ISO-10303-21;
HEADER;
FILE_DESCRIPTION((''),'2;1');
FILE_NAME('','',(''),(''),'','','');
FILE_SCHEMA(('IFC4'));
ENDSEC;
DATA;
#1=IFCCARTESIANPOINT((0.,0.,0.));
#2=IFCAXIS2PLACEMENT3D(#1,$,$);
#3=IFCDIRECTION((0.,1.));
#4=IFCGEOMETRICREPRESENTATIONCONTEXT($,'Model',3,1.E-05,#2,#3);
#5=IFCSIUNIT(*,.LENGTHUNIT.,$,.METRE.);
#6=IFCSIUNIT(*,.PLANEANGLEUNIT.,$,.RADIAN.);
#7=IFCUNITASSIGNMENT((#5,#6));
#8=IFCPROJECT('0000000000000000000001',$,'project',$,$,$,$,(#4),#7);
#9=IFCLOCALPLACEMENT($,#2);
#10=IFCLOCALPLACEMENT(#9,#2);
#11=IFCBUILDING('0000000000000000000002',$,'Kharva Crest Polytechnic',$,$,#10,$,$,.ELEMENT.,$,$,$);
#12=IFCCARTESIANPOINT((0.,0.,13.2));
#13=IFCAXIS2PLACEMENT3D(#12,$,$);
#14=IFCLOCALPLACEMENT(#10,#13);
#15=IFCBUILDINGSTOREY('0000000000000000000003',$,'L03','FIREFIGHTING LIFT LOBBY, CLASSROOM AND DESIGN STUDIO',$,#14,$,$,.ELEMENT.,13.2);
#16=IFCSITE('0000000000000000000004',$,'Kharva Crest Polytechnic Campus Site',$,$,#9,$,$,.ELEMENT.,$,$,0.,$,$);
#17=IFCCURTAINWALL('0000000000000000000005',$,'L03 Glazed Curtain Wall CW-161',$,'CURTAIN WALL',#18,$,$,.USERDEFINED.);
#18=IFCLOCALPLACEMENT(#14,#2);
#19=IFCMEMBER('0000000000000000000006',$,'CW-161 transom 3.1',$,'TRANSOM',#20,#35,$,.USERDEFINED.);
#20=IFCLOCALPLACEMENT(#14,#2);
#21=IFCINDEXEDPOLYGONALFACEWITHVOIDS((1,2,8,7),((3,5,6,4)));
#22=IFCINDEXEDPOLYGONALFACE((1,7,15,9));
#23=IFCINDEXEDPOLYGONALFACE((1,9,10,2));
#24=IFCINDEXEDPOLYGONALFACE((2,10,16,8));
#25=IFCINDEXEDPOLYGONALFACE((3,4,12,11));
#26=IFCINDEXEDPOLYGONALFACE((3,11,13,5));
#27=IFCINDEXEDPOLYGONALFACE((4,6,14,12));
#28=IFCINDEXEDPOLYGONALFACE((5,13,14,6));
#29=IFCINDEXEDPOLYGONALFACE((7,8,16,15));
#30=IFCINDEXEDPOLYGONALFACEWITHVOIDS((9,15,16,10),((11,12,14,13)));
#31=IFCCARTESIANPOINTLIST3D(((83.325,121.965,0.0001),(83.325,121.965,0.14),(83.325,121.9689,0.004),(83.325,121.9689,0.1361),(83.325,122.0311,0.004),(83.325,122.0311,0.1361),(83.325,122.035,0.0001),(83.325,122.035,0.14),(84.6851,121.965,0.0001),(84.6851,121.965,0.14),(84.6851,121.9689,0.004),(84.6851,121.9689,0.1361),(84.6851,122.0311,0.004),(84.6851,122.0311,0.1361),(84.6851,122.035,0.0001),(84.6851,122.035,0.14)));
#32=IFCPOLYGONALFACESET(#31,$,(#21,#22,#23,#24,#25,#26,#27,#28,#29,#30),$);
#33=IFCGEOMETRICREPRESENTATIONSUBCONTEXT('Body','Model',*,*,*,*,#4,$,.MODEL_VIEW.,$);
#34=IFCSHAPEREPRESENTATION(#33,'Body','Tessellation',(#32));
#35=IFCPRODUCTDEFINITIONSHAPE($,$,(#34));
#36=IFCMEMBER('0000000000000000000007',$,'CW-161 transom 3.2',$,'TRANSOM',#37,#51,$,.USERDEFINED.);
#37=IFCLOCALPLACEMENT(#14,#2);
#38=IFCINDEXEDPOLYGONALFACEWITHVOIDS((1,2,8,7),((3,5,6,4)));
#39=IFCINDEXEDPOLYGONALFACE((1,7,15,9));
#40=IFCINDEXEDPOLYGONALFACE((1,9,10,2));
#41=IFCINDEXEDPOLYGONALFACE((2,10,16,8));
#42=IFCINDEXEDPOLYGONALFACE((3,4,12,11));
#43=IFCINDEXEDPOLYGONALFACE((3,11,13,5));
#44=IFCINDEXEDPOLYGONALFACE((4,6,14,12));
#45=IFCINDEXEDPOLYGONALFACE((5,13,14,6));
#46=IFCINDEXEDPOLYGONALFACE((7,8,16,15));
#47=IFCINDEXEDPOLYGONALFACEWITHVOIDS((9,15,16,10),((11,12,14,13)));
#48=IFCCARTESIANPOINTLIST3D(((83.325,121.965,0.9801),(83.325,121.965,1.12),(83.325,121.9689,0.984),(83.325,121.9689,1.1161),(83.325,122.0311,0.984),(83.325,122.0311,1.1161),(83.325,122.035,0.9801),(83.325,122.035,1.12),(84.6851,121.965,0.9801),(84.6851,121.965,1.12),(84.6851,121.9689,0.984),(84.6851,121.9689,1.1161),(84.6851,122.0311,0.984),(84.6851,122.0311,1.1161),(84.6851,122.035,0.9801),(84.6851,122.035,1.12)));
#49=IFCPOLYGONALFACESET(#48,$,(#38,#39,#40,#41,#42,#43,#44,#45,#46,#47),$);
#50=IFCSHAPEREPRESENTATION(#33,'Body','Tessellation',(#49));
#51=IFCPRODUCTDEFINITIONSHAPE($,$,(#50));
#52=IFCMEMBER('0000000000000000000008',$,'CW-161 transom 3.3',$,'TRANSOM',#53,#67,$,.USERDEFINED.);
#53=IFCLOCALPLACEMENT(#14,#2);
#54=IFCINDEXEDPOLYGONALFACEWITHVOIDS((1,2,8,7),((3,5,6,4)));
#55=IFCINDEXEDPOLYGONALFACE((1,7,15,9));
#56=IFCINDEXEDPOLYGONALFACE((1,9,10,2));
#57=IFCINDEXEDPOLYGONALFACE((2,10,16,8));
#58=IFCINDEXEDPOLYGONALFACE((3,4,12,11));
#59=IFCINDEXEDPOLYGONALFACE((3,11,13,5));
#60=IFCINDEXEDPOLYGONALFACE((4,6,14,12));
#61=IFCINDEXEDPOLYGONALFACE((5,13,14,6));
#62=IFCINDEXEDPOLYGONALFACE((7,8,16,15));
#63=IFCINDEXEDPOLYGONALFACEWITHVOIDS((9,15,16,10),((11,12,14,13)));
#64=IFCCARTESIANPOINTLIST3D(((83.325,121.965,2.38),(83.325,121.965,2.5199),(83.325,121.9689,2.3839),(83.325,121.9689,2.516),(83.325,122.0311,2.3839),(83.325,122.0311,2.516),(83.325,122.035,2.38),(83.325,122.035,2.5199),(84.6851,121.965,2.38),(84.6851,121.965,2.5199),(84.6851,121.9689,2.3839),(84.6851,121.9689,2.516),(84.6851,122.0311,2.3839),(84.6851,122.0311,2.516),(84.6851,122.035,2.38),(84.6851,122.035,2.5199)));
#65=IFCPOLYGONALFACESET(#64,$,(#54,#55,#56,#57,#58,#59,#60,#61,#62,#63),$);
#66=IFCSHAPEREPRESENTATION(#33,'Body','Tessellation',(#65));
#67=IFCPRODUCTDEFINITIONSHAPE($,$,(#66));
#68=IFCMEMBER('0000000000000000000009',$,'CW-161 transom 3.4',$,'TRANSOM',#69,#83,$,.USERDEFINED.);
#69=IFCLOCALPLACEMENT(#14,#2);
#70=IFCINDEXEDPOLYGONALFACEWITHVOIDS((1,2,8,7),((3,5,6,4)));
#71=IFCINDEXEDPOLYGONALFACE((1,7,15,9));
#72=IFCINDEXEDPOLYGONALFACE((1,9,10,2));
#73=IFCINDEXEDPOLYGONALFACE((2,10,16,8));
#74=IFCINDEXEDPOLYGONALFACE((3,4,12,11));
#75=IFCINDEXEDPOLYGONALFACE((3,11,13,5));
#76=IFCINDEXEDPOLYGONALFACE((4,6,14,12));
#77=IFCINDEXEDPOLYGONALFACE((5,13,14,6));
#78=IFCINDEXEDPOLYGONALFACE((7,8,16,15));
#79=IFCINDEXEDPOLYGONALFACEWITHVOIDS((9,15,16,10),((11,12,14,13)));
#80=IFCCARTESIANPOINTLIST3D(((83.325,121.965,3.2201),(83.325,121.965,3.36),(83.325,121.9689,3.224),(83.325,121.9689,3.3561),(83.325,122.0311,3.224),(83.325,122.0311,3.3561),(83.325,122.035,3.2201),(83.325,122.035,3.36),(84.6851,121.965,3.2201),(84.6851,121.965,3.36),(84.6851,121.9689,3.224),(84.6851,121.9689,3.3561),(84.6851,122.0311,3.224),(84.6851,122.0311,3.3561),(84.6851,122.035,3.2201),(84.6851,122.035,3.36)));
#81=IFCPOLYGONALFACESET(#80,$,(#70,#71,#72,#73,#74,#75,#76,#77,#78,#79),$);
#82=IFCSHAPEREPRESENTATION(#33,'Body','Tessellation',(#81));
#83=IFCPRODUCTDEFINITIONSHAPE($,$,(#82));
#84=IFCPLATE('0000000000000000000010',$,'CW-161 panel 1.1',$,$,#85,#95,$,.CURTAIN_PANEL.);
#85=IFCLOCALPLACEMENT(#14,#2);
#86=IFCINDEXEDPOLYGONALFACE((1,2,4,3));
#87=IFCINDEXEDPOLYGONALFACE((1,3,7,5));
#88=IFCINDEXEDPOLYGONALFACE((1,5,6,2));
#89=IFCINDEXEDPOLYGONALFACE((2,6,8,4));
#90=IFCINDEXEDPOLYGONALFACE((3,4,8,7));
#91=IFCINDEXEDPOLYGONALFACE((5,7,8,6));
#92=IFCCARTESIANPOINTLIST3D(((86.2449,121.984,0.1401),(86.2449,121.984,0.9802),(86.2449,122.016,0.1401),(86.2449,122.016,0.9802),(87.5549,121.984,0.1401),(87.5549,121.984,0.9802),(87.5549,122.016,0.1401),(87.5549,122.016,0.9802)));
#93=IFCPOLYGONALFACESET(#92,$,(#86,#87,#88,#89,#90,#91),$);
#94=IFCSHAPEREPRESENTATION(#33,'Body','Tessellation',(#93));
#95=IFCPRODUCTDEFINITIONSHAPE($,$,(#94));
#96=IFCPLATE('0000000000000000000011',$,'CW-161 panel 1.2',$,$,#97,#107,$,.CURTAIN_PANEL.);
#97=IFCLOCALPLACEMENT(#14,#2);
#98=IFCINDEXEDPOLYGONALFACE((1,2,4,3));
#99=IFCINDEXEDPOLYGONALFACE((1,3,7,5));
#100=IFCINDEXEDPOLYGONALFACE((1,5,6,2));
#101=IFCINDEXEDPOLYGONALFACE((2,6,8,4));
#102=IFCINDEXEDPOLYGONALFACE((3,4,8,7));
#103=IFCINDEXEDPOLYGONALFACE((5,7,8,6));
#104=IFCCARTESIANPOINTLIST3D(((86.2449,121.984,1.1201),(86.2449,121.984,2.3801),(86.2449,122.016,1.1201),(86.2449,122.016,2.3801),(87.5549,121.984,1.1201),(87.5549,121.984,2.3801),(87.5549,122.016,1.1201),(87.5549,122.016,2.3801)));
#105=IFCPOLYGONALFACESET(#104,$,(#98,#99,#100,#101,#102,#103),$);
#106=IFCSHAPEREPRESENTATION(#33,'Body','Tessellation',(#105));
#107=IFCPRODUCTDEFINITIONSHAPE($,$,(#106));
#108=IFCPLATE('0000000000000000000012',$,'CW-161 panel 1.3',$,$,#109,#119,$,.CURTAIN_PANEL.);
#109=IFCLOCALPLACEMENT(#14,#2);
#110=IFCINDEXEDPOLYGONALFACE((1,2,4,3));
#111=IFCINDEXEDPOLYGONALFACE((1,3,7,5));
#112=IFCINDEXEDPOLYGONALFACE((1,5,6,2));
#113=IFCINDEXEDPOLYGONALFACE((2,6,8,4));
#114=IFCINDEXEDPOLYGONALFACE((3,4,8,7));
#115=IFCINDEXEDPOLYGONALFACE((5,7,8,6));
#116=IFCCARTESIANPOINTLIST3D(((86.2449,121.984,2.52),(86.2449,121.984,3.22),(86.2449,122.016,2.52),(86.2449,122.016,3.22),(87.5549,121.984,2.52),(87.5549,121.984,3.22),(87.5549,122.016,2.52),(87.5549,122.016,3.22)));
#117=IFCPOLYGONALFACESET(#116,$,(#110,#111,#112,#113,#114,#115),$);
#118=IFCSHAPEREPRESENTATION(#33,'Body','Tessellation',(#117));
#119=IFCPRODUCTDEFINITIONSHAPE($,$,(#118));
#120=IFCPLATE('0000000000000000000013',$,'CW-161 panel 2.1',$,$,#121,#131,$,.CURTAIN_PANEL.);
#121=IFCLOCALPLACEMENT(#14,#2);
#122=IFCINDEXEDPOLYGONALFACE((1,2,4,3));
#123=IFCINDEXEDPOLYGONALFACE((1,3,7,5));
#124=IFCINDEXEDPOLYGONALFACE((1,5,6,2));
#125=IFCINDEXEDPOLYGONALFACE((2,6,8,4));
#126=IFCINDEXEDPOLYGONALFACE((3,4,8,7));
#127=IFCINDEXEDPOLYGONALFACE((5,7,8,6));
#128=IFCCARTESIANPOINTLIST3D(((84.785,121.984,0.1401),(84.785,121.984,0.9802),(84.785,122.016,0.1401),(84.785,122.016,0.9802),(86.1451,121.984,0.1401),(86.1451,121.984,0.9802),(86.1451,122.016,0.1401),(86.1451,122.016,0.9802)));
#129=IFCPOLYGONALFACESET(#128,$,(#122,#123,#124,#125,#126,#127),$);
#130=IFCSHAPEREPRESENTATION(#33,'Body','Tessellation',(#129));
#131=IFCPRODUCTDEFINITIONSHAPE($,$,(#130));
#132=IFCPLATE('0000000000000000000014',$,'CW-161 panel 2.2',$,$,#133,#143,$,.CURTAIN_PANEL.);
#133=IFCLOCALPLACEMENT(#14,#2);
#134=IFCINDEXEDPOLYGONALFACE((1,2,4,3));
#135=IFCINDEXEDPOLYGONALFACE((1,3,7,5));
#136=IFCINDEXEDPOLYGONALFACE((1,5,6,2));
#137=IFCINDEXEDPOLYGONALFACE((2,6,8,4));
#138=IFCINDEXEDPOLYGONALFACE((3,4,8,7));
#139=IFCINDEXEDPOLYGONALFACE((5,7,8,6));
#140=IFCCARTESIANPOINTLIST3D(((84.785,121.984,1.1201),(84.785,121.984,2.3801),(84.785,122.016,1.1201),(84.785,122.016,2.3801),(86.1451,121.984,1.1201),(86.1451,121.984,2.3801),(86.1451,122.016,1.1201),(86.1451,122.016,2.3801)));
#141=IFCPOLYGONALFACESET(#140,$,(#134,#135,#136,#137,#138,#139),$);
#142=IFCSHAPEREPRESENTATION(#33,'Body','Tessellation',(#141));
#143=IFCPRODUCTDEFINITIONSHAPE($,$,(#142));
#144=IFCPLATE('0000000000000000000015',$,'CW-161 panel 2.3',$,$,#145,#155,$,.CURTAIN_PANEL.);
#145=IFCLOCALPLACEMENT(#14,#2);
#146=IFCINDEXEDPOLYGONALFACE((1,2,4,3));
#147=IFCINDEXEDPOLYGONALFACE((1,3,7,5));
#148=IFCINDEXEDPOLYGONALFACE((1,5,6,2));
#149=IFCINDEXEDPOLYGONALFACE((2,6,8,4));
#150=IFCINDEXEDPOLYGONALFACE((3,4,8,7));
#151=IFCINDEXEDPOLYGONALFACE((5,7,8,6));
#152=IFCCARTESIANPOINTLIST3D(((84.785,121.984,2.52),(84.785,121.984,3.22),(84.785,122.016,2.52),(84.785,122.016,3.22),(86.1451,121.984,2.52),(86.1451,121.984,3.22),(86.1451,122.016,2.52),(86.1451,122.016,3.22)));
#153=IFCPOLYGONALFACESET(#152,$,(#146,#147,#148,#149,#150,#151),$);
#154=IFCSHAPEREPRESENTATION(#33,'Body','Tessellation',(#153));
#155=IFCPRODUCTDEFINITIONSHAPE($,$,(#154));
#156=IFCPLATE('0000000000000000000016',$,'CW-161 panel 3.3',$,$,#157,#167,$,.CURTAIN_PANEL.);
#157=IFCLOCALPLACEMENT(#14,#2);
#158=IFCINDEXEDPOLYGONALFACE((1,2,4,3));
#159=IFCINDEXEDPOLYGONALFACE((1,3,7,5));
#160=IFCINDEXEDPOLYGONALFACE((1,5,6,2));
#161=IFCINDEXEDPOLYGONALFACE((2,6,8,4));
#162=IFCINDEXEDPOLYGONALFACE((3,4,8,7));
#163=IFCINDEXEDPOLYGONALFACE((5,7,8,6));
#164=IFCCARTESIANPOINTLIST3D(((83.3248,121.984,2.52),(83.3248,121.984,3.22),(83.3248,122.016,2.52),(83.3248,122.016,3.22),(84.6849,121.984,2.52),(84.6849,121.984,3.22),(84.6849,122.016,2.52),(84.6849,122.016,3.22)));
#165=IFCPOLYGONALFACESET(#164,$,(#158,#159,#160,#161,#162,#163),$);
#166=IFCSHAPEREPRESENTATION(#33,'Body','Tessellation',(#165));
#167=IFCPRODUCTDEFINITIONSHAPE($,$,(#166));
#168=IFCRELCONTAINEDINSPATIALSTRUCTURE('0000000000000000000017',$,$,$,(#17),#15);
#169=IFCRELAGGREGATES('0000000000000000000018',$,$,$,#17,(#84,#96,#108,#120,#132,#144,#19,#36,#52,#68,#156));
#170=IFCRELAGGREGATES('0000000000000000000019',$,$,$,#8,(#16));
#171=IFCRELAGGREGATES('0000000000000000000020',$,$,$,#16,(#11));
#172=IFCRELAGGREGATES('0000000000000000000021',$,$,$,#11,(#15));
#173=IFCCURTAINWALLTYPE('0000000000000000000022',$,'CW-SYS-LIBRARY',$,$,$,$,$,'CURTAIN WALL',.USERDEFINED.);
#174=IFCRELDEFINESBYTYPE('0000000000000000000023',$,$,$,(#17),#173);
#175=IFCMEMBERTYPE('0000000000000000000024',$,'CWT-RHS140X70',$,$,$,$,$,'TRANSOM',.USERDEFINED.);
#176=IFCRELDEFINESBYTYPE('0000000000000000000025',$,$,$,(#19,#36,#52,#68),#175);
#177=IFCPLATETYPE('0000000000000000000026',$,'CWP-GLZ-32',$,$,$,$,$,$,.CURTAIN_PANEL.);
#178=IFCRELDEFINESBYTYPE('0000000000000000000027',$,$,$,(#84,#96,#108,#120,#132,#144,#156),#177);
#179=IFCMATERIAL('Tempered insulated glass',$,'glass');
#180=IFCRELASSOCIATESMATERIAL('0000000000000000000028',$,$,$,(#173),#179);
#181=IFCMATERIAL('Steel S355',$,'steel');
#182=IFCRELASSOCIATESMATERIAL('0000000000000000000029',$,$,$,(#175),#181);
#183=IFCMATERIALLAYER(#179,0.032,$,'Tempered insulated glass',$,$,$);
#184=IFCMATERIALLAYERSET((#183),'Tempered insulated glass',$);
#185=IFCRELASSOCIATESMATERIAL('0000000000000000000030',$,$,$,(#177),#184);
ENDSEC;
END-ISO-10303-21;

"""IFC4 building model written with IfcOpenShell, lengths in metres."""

from ifc_helpers import new_model, si_unit, direction, frame, origin, origin_2d, place, context, subcontext, project, spatial, rectangle, hollow_rectangle, extrude, material, layer, layer_set, material_profile, profile_set, type_object, element, aggregate, save


model = new_model("IFC4")

# Units and contexts
model_context = context("Model", 3, precision=1e-05, world=origin(), true_north=direction((0.0, 1.0)))
body_context = subcontext(model_context, "Body", "Model", "MODEL_VIEW")
ifc_project = project(units=[si_unit("LENGTHUNIT", "METRE"), si_unit("PLANEANGLEUNIT", "RADIAN")], contexts=[model_context])

# Site, building, storey
site_placement = place(None, origin())
site = spatial("IfcSite", under=ifc_project, at=site_placement, Name="Kharva Crest Polytechnic Campus Site", CompositionType="ELEMENT", RefElevation=0.0)
building_placement = place(site_placement, origin())
building = spatial("IfcBuilding", under=site, at=building_placement, Name="Kharva Crest Polytechnic", CompositionType="ELEMENT")
storey_placement = place(building_placement, frame((0.0, 0.0, 13.2)))
storey = spatial("IfcBuildingStorey", under=building, at=storey_placement, Name="L03", Description="FIREFIGHTING LIFT LOBBY, CLASSROOM AND DESIGN STUDIO", CompositionType="ELEMENT", Elevation=13.2)

# Curtain wall, members, plates
ifc_material_1 = material(Name="Tempered insulated glass", Category="glass")
curtain_wall_type = type_object("IfcCurtainWallType", Name="CW-SYS-LIBRARY", ElementType="CURTAIN WALL", PredefinedType="USERDEFINED", material=ifc_material_1)
curtain_wall_placement = place(storey_placement, origin())
curtain_wall = element("IfcCurtainWall", 1, at=curtain_wall_placement, inside=storey, type_object=curtain_wall_type, Name="L03 Glazed Curtain Wall CW-161", ObjectType="CURTAIN WALL", PredefinedType="USERDEFINED")
ifc_material_2 = material(Name="Steel S355", Category="steel")
ifc_material_profile_1 = material_profile(ifc_material_2, hollow_rectangle(XDim=0.0701, YDim=0.1399, WallThickness=0.0039, at=origin_2d()), Name="RHS 140X70X4.0")
ifc_profile_set_1 = profile_set([ifc_material_profile_1], Name="Steel S355")
member_type_1 = type_object("IfcMemberType", Name="CWT-RHS140X70", ElementType="TRANSOM", PredefinedType="USERDEFINED", material=ifc_profile_set_1)
member_1_placement = place(storey_placement, frame((84.6851, 122.0, 0.0701), z_axis=(-1.0, 0.0, 0.0), x_axis=(0.0, -1.0, 0.0)))
member_1 = element("IfcMember", 2, at=member_1_placement, type_object=member_type_1, Name="CW-161 transom 3.1", ObjectType="TRANSOM", PredefinedType="USERDEFINED", context=body_context, shape_type="SweptSolid", body=[
    extrude(hollow_rectangle(XDim=0.0701, YDim=0.1399, WallThickness=0.0039, at=origin_2d()), origin(), (0.0, 0.0, 1.0), 1.3601),
])
member_2_placement = place(storey_placement, frame((84.6851, 122.0, 1.05), z_axis=(-1.0, 0.0, 0.0), x_axis=(0.0, -1.0, 0.0)))
member_2 = element("IfcMember", 3, at=member_2_placement, type_object=member_type_1, Name="CW-161 transom 3.2", ObjectType="TRANSOM", PredefinedType="USERDEFINED", context=body_context, shape_type="SweptSolid", body=[
    extrude(hollow_rectangle(XDim=0.0701, YDim=0.1399, WallThickness=0.0039, at=origin_2d()), origin(), (0.0, 0.0, 1.0), 1.3601),
])
member_3_placement = place(storey_placement, frame((84.6851, 122.0, 2.45), z_axis=(-1.0, 0.0, 0.0), x_axis=(0.0, -1.0, 0.0)))
member_3 = element("IfcMember", 4, at=member_3_placement, type_object=member_type_1, Name="CW-161 transom 3.3", ObjectType="TRANSOM", PredefinedType="USERDEFINED", context=body_context, shape_type="SweptSolid", body=[
    extrude(hollow_rectangle(XDim=0.0701, YDim=0.1399, WallThickness=0.0039, at=origin_2d()), origin(), (0.0, 0.0, 1.0), 1.3601),
])
member_4_placement = place(storey_placement, frame((84.6851, 122.0, 3.29), z_axis=(-1.0, 0.0, 0.0), x_axis=(0.0, -1.0, 0.0)))
member_4 = element("IfcMember", 5, at=member_4_placement, type_object=member_type_1, Name="CW-161 transom 3.4", ObjectType="TRANSOM", PredefinedType="USERDEFINED", context=body_context, shape_type="SweptSolid", body=[
    extrude(hollow_rectangle(XDim=0.0701, YDim=0.1399, WallThickness=0.0039, at=origin_2d()), origin(), (0.0, 0.0, 1.0), 1.3601),
])
ifc_layer = layer(ifc_material_1, 0.032, Name="Tempered insulated glass")
ifc_layer_set = layer_set([ifc_layer], Name="Tempered insulated glass")
plate_type = type_object("IfcPlateType", Name="CWP-GLZ-32", PredefinedType="CURTAIN_PANEL", material=ifc_layer_set)
plate_1_placement = place(storey_placement, frame((86.8999, 122.0, 0.1401), z_axis=(0.0, 0.0, 1.0), x_axis=(-1.0, 0.0, 0.0)))
plate_1 = element("IfcPlate", 6, at=plate_1_placement, type_object=plate_type, Name="CW-161 panel 1.1", PredefinedType="CURTAIN_PANEL", context=body_context, shape_type="SweptSolid", body=[
    extrude(rectangle(XDim=1.3101, YDim=0.032, at=origin_2d()), origin(), (0.0, 0.0, 1.0), 0.8401),
])
plate_2_placement = place(storey_placement, frame((86.8999, 122.0, 1.1201), z_axis=(0.0, 0.0, 1.0), x_axis=(-1.0, 0.0, 0.0)))
plate_2 = element("IfcPlate", 7, at=plate_2_placement, type_object=plate_type, Name="CW-161 panel 1.2", PredefinedType="CURTAIN_PANEL", context=body_context, shape_type="SweptSolid", body=[
    extrude(rectangle(XDim=1.3101, YDim=0.032, at=origin_2d()), origin(), (0.0, 0.0, 1.0), 1.26),
])
plate_3_placement = place(storey_placement, frame((86.8999, 122.0, 2.52), z_axis=(0.0, 0.0, 1.0), x_axis=(-1.0, 0.0, 0.0)))
plate_3 = element("IfcPlate", 8, at=plate_3_placement, type_object=plate_type, Name="CW-161 panel 1.3", PredefinedType="CURTAIN_PANEL", context=body_context, shape_type="SweptSolid", body=[
    extrude(rectangle(XDim=1.3101, YDim=0.032, at=origin_2d()), origin(), (0.0, 0.0, 1.0), 0.7),
])
plate_4_placement = place(storey_placement, frame((85.4651, 122.0, 0.1401), z_axis=(0.0, 0.0, 1.0), x_axis=(-1.0, 0.0, 0.0)))
plate_4 = element("IfcPlate", 9, at=plate_4_placement, type_object=plate_type, Name="CW-161 panel 2.1", PredefinedType="CURTAIN_PANEL", context=body_context, shape_type="SweptSolid", body=[
    extrude(rectangle(XDim=1.3601, YDim=0.032, at=origin_2d()), origin(), (0.0, 0.0, 1.0), 0.8401),
])
plate_5_placement = place(storey_placement, frame((85.4651, 122.0, 1.1201), z_axis=(0.0, 0.0, 1.0), x_axis=(-1.0, 0.0, 0.0)))
plate_5 = element("IfcPlate", 10, at=plate_5_placement, type_object=plate_type, Name="CW-161 panel 2.2", PredefinedType="CURTAIN_PANEL", context=body_context, shape_type="SweptSolid", body=[
    extrude(rectangle(XDim=1.3601, YDim=0.032, at=origin_2d()), origin(), (0.0, 0.0, 1.0), 1.26),
])
plate_6_placement = place(storey_placement, frame((85.4651, 122.0, 2.52), z_axis=(0.0, 0.0, 1.0), x_axis=(-1.0, 0.0, 0.0)))
plate_6 = element("IfcPlate", 11, at=plate_6_placement, type_object=plate_type, Name="CW-161 panel 2.3", PredefinedType="CURTAIN_PANEL", context=body_context, shape_type="SweptSolid", body=[
    extrude(rectangle(XDim=1.3601, YDim=0.032, at=origin_2d()), origin(), (0.0, 0.0, 1.0), 0.7),
])
plate_7_placement = place(storey_placement, frame((84.0049, 122.0, 2.52), z_axis=(0.0, 0.0, 1.0), x_axis=(-1.0, 0.0, 0.0)))
plate_7 = element("IfcPlate", 12, at=plate_7_placement, type_object=plate_type, Name="CW-161 panel 3.3", PredefinedType="CURTAIN_PANEL", context=body_context, shape_type="SweptSolid", body=[
    extrude(rectangle(XDim=1.3601, YDim=0.032, at=origin_2d()), origin(), (0.0, 0.0, 1.0), 0.7),
])
aggregate(curtain_wall, [plate_1, plate_2, plate_3, plate_4, plate_5, plate_6, member_1, member_2, member_3, member_4, plate_7])

save(model, "model.ifc")
